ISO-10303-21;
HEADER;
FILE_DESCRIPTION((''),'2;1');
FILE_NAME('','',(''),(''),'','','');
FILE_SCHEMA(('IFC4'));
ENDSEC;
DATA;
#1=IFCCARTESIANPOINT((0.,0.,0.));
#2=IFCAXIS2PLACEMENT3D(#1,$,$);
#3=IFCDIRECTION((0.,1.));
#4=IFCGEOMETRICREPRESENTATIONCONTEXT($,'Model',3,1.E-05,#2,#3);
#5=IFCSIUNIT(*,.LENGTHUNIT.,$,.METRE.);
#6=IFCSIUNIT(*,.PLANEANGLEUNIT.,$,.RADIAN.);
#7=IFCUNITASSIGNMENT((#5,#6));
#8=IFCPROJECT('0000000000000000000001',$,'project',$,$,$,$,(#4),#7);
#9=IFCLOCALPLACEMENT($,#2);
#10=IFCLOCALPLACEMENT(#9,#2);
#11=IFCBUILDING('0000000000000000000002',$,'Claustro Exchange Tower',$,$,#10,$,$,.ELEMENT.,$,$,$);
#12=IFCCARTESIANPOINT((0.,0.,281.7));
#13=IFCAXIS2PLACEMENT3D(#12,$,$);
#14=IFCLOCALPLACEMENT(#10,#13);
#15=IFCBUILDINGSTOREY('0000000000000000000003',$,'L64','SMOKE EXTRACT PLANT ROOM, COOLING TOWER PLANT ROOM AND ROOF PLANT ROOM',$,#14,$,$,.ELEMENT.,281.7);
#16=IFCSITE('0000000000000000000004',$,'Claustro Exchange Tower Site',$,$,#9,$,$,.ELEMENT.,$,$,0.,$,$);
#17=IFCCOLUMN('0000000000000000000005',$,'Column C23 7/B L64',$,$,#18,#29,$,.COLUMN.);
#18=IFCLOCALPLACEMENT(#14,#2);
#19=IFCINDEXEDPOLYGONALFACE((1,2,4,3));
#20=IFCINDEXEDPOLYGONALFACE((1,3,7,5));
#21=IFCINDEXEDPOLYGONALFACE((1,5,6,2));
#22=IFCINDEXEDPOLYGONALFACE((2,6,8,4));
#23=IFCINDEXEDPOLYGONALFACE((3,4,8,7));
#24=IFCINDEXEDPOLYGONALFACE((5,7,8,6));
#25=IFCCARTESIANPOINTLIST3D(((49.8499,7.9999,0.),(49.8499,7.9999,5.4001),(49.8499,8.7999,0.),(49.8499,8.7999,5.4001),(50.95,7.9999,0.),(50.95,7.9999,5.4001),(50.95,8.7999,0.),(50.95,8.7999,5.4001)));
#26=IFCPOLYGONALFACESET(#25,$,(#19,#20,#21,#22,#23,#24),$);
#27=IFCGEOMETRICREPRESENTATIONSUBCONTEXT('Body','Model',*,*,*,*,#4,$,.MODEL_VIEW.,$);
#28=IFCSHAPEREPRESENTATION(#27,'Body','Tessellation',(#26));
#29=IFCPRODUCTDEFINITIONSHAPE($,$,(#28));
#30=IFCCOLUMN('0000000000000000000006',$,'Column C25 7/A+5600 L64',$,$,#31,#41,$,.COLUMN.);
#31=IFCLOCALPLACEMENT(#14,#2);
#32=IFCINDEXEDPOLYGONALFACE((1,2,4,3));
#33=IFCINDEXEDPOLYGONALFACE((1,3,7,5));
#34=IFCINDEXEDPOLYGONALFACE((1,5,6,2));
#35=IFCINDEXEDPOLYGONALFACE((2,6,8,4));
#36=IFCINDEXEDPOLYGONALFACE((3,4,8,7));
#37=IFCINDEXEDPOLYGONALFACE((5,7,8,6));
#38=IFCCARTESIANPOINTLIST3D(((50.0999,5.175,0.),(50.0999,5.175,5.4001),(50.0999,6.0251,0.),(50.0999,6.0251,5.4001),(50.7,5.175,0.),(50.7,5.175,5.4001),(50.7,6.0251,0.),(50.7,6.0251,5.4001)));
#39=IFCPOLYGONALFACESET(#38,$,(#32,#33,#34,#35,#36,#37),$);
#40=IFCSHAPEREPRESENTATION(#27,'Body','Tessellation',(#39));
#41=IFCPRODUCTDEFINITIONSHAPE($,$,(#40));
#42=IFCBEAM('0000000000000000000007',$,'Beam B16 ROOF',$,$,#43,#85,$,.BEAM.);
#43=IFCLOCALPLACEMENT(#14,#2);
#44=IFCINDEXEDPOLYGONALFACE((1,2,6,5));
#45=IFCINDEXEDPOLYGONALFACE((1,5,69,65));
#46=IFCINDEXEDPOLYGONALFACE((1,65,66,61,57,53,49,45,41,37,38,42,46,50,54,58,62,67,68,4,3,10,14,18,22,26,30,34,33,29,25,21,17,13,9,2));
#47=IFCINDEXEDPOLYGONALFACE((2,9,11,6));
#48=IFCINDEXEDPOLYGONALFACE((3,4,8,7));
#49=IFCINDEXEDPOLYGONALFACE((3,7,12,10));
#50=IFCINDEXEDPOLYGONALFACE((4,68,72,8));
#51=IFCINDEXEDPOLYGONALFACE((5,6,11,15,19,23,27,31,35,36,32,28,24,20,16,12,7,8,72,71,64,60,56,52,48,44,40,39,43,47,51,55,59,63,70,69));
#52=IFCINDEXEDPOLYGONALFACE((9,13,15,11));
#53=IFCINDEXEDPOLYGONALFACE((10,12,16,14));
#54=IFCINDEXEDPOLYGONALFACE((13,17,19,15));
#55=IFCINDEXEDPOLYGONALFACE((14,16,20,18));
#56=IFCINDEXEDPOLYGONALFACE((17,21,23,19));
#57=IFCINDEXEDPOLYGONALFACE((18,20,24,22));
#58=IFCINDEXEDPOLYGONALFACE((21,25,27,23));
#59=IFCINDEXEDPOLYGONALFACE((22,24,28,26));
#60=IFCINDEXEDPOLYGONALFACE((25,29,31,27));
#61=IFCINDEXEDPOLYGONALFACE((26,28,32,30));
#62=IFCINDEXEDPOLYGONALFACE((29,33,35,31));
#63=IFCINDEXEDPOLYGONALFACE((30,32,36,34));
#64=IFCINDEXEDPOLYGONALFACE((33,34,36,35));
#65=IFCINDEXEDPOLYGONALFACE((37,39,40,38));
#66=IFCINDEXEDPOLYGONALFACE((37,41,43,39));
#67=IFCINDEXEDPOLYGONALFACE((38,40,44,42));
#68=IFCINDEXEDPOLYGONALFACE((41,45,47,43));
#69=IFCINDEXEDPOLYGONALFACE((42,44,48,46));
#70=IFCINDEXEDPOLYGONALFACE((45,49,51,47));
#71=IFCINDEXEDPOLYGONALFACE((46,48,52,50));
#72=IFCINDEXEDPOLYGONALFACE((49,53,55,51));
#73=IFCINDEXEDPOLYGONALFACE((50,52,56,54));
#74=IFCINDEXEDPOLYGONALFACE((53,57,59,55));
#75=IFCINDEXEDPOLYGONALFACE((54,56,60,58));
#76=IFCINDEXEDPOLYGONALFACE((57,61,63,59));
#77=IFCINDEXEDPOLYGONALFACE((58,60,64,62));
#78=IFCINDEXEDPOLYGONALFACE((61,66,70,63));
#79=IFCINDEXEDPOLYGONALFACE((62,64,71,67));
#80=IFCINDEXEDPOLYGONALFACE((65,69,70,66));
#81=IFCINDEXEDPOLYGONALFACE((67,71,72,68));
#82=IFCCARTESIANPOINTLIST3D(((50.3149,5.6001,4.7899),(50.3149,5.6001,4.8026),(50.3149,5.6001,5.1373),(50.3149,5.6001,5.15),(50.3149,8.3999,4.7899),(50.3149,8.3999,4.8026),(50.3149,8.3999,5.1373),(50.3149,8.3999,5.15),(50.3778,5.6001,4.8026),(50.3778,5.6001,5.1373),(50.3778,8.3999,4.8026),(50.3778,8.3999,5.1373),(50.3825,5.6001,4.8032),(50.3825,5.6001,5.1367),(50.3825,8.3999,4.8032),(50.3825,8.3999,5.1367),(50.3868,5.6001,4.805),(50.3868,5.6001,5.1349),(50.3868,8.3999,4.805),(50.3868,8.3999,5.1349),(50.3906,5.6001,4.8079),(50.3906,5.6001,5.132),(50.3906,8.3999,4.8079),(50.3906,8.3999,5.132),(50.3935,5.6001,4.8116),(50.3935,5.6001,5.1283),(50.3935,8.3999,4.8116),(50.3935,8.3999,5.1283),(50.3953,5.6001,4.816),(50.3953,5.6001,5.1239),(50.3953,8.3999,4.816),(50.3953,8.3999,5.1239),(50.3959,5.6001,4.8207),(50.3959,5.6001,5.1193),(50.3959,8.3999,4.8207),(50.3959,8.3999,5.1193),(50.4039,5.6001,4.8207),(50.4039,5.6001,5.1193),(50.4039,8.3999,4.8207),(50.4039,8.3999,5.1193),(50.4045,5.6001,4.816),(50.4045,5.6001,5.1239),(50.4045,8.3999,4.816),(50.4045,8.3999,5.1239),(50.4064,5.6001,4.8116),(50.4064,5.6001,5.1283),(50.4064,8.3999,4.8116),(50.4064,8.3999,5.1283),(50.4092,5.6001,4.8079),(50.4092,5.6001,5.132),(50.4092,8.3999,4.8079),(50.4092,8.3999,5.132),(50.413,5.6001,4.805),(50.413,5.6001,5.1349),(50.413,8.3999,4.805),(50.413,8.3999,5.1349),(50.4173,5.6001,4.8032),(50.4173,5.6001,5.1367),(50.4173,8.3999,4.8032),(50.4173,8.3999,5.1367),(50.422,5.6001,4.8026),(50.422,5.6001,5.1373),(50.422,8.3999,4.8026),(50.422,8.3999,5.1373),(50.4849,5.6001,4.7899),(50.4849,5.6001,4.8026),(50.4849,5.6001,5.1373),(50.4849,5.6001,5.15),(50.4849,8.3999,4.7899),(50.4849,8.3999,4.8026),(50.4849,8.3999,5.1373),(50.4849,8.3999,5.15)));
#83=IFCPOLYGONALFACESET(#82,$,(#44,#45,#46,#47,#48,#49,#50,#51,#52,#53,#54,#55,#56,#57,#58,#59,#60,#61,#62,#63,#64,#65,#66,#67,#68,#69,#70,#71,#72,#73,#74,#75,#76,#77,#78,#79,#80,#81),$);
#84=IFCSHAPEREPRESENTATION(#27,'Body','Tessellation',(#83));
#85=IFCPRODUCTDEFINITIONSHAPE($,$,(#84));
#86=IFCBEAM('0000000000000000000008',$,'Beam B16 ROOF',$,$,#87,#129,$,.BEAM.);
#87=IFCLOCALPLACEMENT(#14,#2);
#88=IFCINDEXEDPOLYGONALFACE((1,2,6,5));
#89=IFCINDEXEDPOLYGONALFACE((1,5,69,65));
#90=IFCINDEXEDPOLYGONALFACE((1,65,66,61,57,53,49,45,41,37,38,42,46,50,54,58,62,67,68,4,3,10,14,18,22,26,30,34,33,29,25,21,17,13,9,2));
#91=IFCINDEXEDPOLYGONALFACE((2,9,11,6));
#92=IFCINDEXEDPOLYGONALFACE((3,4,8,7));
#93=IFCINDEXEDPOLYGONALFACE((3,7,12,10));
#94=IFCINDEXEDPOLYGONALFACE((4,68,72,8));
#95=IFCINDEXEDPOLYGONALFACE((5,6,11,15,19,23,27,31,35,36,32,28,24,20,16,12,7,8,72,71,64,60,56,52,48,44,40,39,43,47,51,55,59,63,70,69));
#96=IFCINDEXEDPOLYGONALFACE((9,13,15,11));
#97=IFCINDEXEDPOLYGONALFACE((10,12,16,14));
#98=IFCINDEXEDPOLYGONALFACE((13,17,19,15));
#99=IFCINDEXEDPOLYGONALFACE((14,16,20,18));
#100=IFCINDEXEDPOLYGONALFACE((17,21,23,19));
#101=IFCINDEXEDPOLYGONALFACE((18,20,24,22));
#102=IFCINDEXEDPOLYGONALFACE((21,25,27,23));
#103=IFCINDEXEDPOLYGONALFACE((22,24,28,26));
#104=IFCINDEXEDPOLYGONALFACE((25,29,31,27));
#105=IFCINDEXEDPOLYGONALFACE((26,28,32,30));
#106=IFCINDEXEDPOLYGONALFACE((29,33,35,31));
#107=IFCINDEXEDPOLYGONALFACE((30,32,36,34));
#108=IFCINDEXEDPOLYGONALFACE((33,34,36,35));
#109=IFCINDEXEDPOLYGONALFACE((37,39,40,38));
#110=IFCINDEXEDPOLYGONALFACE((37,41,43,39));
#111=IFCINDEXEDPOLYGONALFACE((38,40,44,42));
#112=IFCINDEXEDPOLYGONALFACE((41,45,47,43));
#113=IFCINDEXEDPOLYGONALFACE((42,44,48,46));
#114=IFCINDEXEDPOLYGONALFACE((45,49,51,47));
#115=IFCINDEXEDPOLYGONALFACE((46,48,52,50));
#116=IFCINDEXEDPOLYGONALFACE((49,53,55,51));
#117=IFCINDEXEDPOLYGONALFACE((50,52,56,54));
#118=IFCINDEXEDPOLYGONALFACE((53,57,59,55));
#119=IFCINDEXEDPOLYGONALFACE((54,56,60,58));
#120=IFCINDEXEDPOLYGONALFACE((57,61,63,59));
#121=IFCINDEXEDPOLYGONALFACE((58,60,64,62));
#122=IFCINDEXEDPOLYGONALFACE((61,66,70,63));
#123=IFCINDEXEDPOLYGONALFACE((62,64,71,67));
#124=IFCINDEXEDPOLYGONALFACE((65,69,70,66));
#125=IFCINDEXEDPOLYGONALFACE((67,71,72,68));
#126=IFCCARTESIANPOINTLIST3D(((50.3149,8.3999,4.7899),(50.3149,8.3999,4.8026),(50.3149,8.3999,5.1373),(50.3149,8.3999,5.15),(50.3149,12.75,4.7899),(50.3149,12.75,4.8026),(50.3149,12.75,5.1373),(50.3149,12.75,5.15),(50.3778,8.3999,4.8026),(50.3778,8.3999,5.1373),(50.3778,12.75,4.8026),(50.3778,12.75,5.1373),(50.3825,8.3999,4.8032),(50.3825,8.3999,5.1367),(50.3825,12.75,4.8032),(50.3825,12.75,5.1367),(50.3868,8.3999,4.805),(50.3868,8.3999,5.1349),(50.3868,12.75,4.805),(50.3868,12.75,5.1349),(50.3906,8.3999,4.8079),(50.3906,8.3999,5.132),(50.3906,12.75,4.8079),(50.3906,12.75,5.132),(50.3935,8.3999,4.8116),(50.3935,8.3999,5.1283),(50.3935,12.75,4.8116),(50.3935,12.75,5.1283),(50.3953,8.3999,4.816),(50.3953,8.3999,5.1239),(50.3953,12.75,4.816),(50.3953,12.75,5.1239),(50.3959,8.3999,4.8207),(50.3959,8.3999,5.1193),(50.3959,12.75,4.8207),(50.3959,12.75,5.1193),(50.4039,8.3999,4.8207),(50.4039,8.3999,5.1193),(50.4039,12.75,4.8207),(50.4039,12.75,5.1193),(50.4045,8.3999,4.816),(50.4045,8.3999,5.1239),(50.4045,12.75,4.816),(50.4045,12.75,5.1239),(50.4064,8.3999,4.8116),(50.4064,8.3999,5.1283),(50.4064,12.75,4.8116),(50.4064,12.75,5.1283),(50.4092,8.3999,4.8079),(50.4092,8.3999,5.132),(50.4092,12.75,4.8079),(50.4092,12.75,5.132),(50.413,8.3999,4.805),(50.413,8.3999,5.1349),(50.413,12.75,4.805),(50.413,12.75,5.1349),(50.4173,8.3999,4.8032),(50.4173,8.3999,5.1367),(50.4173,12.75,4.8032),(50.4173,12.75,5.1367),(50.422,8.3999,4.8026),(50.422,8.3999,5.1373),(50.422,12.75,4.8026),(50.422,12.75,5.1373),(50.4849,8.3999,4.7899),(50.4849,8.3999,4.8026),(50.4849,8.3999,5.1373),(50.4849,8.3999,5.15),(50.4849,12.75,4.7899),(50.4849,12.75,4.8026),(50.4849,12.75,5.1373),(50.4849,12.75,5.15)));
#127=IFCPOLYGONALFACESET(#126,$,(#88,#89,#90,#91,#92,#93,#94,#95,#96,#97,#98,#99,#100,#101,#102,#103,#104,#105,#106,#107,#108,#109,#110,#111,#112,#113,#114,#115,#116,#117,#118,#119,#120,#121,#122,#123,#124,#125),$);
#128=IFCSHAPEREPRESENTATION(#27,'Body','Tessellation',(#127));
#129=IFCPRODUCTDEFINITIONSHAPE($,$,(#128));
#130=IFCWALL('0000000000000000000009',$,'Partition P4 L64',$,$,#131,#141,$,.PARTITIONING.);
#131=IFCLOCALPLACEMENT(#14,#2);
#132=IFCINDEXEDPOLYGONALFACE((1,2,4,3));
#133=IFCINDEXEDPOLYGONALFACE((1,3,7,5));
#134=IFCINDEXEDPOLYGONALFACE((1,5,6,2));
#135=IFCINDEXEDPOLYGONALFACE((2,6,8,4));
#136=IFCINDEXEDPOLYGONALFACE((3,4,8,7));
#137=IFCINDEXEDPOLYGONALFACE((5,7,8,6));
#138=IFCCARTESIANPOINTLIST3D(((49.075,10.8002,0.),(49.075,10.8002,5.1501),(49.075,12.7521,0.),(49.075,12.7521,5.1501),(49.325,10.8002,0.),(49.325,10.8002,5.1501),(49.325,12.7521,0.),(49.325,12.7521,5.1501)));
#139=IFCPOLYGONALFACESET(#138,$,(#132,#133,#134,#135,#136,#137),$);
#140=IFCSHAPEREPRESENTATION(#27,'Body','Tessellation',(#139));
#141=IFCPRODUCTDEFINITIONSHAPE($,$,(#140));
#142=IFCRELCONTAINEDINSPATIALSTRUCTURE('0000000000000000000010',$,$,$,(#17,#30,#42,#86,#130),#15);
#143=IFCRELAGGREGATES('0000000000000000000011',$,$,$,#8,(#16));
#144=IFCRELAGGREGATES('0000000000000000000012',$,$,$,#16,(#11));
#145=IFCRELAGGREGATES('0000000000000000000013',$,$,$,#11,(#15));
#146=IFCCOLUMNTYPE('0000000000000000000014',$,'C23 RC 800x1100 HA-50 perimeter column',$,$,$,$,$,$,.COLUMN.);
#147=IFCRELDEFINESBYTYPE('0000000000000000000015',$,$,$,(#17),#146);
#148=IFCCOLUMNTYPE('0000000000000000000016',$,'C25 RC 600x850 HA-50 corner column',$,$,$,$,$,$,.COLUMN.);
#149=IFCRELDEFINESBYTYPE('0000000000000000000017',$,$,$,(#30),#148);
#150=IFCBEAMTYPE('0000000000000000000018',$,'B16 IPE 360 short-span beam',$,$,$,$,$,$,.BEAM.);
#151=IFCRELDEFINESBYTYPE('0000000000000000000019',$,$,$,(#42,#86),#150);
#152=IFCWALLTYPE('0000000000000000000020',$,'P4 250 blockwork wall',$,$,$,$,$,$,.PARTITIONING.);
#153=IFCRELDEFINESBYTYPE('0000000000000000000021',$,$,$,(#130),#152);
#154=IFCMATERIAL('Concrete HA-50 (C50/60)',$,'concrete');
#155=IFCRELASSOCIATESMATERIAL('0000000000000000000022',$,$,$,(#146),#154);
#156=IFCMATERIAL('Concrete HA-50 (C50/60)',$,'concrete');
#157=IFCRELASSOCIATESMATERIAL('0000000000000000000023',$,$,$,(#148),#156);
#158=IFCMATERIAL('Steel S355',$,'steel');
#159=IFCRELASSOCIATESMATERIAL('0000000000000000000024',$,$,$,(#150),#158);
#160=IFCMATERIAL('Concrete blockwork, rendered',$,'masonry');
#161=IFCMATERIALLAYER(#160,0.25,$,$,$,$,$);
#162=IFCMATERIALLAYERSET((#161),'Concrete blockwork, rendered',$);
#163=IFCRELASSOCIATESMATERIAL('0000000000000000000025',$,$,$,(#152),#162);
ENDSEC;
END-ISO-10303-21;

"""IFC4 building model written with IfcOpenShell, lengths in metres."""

from ifc_helpers import new_model, si_unit, direction, frame, frame_2d, origin, origin_2d, place, context, subcontext, project, spatial, rectangle, i_section, extrude, material, layer, layer_set, material_profile, profile_set, type_object, element, save


model = new_model("IFC4")

# Units and contexts
model_context = context("Model", 3, precision=1e-05, world=origin(), true_north=direction((0.0, 1.0)))
body_context = subcontext(model_context, "Body", "Model", "MODEL_VIEW")
ifc_project = project(units=[si_unit("LENGTHUNIT", "METRE"), si_unit("PLANEANGLEUNIT", "RADIAN")], contexts=[model_context])

# Site, building, storey
site_placement = place(None, origin())
site = spatial("IfcSite", under=ifc_project, at=site_placement, Name="Claustro Exchange Tower Site", CompositionType="ELEMENT", RefElevation=0.0)
building_placement = place(site_placement, origin())
building = spatial("IfcBuilding", under=site, at=building_placement, Name="Claustro Exchange Tower", CompositionType="ELEMENT")
storey_placement = place(building_placement, frame((0.0, 0.0, 281.7)))
storey = spatial("IfcBuildingStorey", under=building, at=storey_placement, Name="L64", Description="SMOKE EXTRACT PLANT ROOM, COOLING TOWER PLANT ROOM AND ROOF PLANT ROOM", CompositionType="ELEMENT", Elevation=281.7)

# Columns
ifc_material_1 = material(Name="Concrete HA-50 (C50/60)", Category="concrete")
ifc_material_profile_1 = material_profile(ifc_material_1, rectangle(XDim=0.8, YDim=1.1001, at=origin_2d()), Name="RC 800x1100")
ifc_profile_set_1 = profile_set([ifc_material_profile_1], Name="Concrete HA-50 (C50/60)")
column_type_1 = type_object("IfcColumnType", Name="C23 RC 800x1100 HA-50 perimeter column", PredefinedType="COLUMN", material=ifc_profile_set_1)
column_1_placement = place(storey_placement, frame((50.3999, 8.3999, 0.0), z_axis=(0.0, 0.0, 1.0), x_axis=(0.0, 1.0, 0.0)))
element("IfcColumn", 1, at=column_1_placement, inside=storey, type_object=column_type_1, Name="Column C23 7/B L64", PredefinedType="COLUMN", context=body_context, shape_type="SweptSolid", body=[
    extrude(rectangle(XDim=0.8, YDim=1.1001, at=origin_2d()), origin(), (0.0, 0.0, 1.0), 5.4001),
])
ifc_material_2 = material(Name="Concrete HA-50 (C50/60)", Category="concrete")
ifc_material_profile_2 = material_profile(ifc_material_2, rectangle(XDim=0.6001, YDim=0.8501, at=origin_2d()), Name="RC 600x850")
ifc_profile_set_2 = profile_set([ifc_material_profile_2], Name="Concrete HA-50 (C50/60)")
column_type_2 = type_object("IfcColumnType", Name="C25 RC 600x850 HA-50 corner column", PredefinedType="COLUMN", material=ifc_profile_set_2)
column_2_placement = place(storey_placement, frame((50.3999, 5.6001, 0.0), z_axis=(0.0, 0.0, 1.0), x_axis=(1.0, 0.0, 0.0)))
element("IfcColumn", 2, at=column_2_placement, inside=storey, type_object=column_type_2, Name="Column C25 7/A+5600 L64", PredefinedType="COLUMN", context=body_context, shape_type="SweptSolid", body=[
    extrude(rectangle(XDim=0.6001, YDim=0.8501, at=origin_2d()), origin(), (0.0, 0.0, 1.0), 5.4001),
])

# Beams
ifc_material_3 = material(Name="Steel S355", Category="steel")
ifc_material_profile_3 = material_profile(ifc_material_3, i_section(OverallWidth=0.1699, OverallDepth=0.3601, WebThickness=0.0081, FlangeThickness=0.0127, FilletRadius=0.0181, at=origin_2d()), Name="IPE 360")
ifc_profile_set_3 = profile_set([ifc_material_profile_3], Name="Steel S355")
beam_type = type_object("IfcBeamType", Name="B16 IPE 360 short-span beam", PredefinedType="BEAM", material=ifc_profile_set_3)
beam_1_placement = place(storey_placement, frame((50.3999, 5.6001, 4.97), z_axis=(0.0, 1.0, 0.0), x_axis=(-1.0, 0.0, 0.0)))
element("IfcBeam", 3, at=beam_1_placement, inside=storey, type_object=beam_type, Name="Beam B16 ROOF", PredefinedType="BEAM", context=body_context, shape_type="SweptSolid", body=[
    extrude(i_section(OverallWidth=0.1699, OverallDepth=0.3601, WebThickness=0.0081, FlangeThickness=0.0127, FilletRadius=0.0181, at=origin_2d()), origin(), (0.0, 0.0, 1.0), 2.7998),
])
beam_2_placement = place(storey_placement, frame((50.3999, 8.3999, 4.97), z_axis=(0.0, 1.0, 0.0), x_axis=(-1.0, 0.0, 0.0)))
element("IfcBeam", 4, at=beam_2_placement, inside=storey, type_object=beam_type, Name="Beam B16 ROOF", PredefinedType="BEAM", context=body_context, shape_type="SweptSolid", body=[
    extrude(i_section(OverallWidth=0.1699, OverallDepth=0.3601, WebThickness=0.0081, FlangeThickness=0.0127, FilletRadius=0.0181, at=origin_2d()), origin(), (0.0, 0.0, 1.0), 4.3501),
])

# Wall
ifc_material_4 = material(Name="Concrete blockwork, rendered", Category="masonry")
ifc_layer_1 = layer(ifc_material_4, 0.25)
ifc_layer_set_1 = layer_set([ifc_layer_1], Name="Concrete blockwork, rendered")
wall_type_1 = type_object("IfcWallType", Name="P4 250 blockwork wall", PredefinedType="PARTITIONING", material=ifc_layer_set_1)
wall_1_placement = place(storey_placement, frame((49.2, 10.8, 0.0), z_axis=(0.0, 0.0, 1.0), x_axis=(0.0, 1.0, 0.0)))
element("IfcWall", 5, at=wall_1_placement, inside=storey, type_object=wall_type_1, Name="Partition P4 L64", PredefinedType="PARTITIONING", context=body_context, shape_type="SweptSolid", body=[
    extrude(rectangle(XDim=1.9519, YDim=0.25, at=frame_2d((0.9761, 0.0))), origin(), (0.0, 0.0, 1.0), 5.1501),
])

save(model, "model.ifc")
